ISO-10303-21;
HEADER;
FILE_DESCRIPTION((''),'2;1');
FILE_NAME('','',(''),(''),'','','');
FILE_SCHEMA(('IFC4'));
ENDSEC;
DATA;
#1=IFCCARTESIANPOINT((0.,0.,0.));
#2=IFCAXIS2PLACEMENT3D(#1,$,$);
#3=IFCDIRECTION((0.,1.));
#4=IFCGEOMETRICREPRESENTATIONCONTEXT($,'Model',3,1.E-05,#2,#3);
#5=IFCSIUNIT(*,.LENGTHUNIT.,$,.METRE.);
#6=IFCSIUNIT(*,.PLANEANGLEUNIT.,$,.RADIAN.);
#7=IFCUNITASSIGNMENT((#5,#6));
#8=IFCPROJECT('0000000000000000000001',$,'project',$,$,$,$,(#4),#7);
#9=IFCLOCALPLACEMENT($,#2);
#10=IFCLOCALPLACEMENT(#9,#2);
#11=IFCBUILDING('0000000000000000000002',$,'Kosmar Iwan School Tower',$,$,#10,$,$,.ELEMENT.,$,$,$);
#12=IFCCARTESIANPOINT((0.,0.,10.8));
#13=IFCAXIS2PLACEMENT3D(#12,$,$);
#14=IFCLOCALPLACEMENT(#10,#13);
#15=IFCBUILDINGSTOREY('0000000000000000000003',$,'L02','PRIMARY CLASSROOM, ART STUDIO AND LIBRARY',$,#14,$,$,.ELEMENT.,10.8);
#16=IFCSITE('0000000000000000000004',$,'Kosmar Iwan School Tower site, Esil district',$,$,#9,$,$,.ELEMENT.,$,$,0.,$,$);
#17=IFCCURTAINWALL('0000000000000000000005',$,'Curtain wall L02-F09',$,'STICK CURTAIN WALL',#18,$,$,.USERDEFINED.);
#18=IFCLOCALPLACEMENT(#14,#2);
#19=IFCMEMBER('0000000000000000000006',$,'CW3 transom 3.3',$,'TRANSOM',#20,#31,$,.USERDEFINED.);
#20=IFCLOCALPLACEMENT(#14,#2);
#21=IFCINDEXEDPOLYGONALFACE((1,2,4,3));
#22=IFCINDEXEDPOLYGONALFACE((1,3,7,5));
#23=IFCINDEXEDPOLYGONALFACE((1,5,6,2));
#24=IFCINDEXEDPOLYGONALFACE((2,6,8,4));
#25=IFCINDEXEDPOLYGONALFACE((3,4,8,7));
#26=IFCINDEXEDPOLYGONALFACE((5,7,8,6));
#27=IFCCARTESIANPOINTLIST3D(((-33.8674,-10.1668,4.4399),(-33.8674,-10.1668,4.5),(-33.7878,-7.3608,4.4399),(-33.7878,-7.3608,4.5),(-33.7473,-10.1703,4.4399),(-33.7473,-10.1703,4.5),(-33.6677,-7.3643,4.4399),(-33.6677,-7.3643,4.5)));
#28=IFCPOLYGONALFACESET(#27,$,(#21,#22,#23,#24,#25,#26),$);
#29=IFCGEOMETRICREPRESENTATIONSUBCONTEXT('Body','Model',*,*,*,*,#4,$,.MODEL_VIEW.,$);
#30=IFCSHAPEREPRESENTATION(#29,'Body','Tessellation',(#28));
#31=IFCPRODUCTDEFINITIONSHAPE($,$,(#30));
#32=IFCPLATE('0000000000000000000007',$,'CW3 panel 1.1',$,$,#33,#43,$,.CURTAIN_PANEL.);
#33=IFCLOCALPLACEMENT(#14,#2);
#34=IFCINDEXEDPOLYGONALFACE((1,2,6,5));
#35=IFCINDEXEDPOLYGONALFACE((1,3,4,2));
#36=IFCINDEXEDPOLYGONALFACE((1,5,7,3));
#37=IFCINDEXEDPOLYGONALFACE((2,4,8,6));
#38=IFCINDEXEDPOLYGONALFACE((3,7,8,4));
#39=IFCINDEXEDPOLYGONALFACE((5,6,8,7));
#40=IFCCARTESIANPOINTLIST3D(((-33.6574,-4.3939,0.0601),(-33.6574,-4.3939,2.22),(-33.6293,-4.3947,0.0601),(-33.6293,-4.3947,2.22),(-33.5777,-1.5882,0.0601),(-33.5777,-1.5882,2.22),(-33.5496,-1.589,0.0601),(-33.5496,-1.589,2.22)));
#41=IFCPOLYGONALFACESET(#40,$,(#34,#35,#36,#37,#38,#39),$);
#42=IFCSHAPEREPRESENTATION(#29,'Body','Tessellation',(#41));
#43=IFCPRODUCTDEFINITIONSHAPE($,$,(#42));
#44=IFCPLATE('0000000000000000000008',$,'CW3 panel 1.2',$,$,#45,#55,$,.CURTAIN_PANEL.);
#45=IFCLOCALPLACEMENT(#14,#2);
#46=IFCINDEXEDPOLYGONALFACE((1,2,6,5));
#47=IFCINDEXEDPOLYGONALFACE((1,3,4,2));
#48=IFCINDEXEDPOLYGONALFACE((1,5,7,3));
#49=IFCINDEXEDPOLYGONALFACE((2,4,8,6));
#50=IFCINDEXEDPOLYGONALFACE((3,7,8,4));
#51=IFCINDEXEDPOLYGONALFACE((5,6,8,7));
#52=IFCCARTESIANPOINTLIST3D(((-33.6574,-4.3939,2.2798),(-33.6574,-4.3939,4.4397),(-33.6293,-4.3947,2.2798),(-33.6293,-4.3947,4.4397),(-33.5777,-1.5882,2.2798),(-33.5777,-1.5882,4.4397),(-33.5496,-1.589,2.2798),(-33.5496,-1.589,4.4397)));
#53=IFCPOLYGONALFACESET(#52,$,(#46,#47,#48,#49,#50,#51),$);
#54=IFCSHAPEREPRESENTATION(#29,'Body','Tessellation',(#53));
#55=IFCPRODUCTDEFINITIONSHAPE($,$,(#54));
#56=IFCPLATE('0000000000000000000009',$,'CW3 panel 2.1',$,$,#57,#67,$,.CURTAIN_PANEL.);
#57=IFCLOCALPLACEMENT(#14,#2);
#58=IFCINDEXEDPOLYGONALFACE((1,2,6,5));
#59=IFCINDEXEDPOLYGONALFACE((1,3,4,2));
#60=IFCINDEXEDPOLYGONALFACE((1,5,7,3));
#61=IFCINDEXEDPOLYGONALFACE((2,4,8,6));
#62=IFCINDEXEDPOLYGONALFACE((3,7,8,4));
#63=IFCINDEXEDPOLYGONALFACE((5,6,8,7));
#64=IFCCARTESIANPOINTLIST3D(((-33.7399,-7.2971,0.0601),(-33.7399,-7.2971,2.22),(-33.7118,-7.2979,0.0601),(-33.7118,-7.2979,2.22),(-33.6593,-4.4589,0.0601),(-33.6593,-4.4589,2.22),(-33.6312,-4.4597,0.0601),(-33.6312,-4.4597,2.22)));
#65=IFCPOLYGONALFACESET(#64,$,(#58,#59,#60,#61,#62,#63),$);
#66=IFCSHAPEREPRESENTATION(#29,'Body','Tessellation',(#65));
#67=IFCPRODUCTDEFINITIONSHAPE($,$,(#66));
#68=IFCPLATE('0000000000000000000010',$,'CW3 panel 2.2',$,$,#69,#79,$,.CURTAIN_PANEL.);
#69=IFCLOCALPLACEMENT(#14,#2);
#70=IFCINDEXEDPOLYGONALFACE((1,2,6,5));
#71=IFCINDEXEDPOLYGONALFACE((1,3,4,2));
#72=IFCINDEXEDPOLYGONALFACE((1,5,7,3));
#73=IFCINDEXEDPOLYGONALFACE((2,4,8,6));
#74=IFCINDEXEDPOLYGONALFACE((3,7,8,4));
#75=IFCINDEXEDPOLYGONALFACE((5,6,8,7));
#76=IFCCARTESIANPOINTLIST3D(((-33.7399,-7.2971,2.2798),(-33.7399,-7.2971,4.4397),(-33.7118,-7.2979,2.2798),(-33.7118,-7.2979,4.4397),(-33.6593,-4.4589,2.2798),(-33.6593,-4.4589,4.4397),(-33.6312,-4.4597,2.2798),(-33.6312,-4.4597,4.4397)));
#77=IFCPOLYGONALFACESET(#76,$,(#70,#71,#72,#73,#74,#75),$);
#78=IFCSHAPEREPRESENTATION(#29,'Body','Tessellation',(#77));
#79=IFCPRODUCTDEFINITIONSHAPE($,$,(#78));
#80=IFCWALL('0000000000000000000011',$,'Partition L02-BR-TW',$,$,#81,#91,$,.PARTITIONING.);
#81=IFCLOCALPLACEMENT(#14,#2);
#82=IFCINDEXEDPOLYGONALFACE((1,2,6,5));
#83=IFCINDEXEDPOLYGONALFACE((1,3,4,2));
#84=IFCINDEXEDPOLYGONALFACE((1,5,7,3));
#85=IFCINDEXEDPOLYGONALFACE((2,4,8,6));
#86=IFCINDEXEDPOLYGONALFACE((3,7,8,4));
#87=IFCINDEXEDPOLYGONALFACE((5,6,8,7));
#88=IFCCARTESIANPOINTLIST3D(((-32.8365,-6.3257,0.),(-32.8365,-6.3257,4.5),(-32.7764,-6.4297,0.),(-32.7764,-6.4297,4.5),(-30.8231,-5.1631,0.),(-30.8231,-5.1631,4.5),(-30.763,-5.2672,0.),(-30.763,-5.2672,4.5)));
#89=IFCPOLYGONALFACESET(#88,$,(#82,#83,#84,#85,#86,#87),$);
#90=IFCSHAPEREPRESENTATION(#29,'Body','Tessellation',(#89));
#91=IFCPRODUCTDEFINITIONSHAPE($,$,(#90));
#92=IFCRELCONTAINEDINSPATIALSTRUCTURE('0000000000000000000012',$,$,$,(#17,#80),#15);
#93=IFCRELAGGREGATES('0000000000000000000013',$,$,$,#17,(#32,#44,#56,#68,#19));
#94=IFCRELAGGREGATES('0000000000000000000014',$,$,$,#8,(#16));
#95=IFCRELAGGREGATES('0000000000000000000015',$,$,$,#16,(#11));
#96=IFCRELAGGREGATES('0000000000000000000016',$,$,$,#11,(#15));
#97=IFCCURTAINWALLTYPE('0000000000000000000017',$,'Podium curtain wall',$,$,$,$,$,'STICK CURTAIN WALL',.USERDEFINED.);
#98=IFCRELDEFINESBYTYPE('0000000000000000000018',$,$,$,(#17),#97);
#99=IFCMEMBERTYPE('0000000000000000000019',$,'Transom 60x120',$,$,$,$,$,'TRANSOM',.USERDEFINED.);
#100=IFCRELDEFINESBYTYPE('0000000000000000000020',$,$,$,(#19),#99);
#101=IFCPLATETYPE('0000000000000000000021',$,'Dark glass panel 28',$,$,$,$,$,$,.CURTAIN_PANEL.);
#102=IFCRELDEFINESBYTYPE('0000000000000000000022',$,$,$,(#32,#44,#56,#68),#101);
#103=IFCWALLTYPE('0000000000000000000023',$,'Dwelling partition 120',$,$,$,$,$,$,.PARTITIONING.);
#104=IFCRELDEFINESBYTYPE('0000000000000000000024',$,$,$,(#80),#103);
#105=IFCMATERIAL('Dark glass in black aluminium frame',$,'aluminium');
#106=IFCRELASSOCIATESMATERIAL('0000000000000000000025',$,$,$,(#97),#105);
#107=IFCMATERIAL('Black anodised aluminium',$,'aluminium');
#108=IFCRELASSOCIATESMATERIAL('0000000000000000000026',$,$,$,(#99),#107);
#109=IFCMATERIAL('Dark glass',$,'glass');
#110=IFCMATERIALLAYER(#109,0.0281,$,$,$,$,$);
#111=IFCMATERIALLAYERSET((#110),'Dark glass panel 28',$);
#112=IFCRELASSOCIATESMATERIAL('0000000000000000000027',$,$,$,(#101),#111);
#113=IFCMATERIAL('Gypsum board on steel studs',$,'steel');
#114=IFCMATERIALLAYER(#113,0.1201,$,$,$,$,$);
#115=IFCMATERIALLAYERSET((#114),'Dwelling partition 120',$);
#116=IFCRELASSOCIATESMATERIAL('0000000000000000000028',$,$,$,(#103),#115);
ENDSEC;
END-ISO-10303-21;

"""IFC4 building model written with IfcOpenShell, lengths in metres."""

from ifc_helpers import new_model, si_unit, direction, frame, frame_2d, origin, origin_2d, place, context, subcontext, project, spatial, rectangle, extrude, material, layer, layer_set, material_profile, profile_set, type_object, element, aggregate, save


model = new_model("IFC4")

# Units and contexts
model_context = context("Model", 3, precision=1e-05, world=origin(), true_north=direction((0.0, 1.0)))
body_context = subcontext(model_context, "Body", "Model", "MODEL_VIEW")
ifc_project = project(units=[si_unit("LENGTHUNIT", "METRE"), si_unit("PLANEANGLEUNIT", "RADIAN")], contexts=[model_context])

# Site, building, storey
site_placement = place(None, origin())
site = spatial("IfcSite", under=ifc_project, at=site_placement, Name="Kosmar Iwan School Tower site, Esil district", CompositionType="ELEMENT", RefElevation=0.0)
building_placement = place(site_placement, origin())
building = spatial("IfcBuilding", under=site, at=building_placement, Name="Kosmar Iwan School Tower", CompositionType="ELEMENT")
storey_placement = place(building_placement, frame((0.0, 0.0, 10.8)))
storey = spatial("IfcBuildingStorey", under=building, at=storey_placement, Name="L02", Description="PRIMARY CLASSROOM, ART STUDIO AND LIBRARY", CompositionType="ELEMENT", Elevation=10.8)

# Shared definitions
ifc_material_1 = material(Name="Dark glass in black aluminium frame", Category="aluminium")
curtain_wall_type = type_object("IfcCurtainWallType", Name="Podium curtain wall", ElementType="STICK CURTAIN WALL", PredefinedType="USERDEFINED", material=ifc_material_1)

# Curtain wall
curtain_wall_1_placement = place(storey_placement, origin())
curtain_wall_1 = element("IfcCurtainWall", 1, at=curtain_wall_1_placement, inside=storey, type_object=curtain_wall_type, Name="Curtain wall L02-F09", ObjectType="STICK CURTAIN WALL", PredefinedType="USERDEFINED")

# Member
ifc_material_2 = material(Name="Black anodised aluminium", Category="aluminium")
ifc_material_profile_1 = material_profile(ifc_material_2, rectangle(XDim=0.1201, YDim=0.0601, at=origin_2d()), Name="TRANSOM 60x120")
ifc_profile_set_1 = profile_set([ifc_material_profile_1], Name="Black anodised aluminium")
member_type_1 = type_object("IfcMemberType", Name="Transom 60x120", ElementType="TRANSOM", PredefinedType="USERDEFINED", material=ifc_profile_set_1)
member_1_placement = place(storey_placement, frame((-33.7278, -7.3625, 4.47), z_axis=(-0.028354, -0.999598, 0.0), x_axis=(0.999598, -0.028354, 0.0)))
member_1 = element("IfcMember", 2, at=member_1_placement, type_object=member_type_1, Name="CW3 transom 3.3", ObjectType="TRANSOM", PredefinedType="USERDEFINED", context=body_context, shape_type="SweptSolid", body=[
    extrude(rectangle(XDim=0.1201, YDim=0.0601, at=origin_2d()), origin(), (0.0, 0.0, 1.0), 2.8071),
])

# Plates
ifc_material_3 = material(Name="Dark glass", Category="glass")
ifc_layer_1 = layer(ifc_material_3, 0.0281)
ifc_layer_set_1 = layer_set([ifc_layer_1], Name="Dark glass panel 28")
plate_type = type_object("IfcPlateType", Name="Dark glass panel 28", PredefinedType="CURTAIN_PANEL", material=ifc_layer_set_1)
plate_1_placement = place(storey_placement, frame((-33.6035, -2.9915, 0.0601), z_axis=(0.0, 0.0, 1.0), x_axis=(-0.028386, -0.999597, 0.0)))
plate_1 = element("IfcPlate", 3, at=plate_1_placement, type_object=plate_type, Name="CW3 panel 1.1", PredefinedType="CURTAIN_PANEL", context=body_context, shape_type="SweptSolid", body=[
    extrude(rectangle(XDim=2.8069, YDim=0.0281, at=origin_2d()), origin(), (0.0, 0.0, 1.0), 2.1599),
])
plate_2_placement = place(storey_placement, frame((-33.6035, -2.9915, 2.2798), z_axis=(0.0, 0.0, 1.0), x_axis=(-0.028386, -0.999597, 0.0)))
plate_2 = element("IfcPlate", 4, at=plate_2_placement, type_object=plate_type, Name="CW3 panel 1.2", PredefinedType="CURTAIN_PANEL", context=body_context, shape_type="SweptSolid", body=[
    extrude(rectangle(XDim=2.8069, YDim=0.0281, at=origin_2d()), origin(), (0.0, 0.0, 1.0), 2.1599),
])
plate_3_placement = place(storey_placement, frame((-33.6855, -5.8784, 0.0601), z_axis=(0.0, 0.0, 1.0), x_axis=(-0.028386, -0.999597, 0.0)))
plate_3 = element("IfcPlate", 5, at=plate_3_placement, type_object=plate_type, Name="CW3 panel 2.1", PredefinedType="CURTAIN_PANEL", context=body_context, shape_type="SweptSolid", body=[
    extrude(rectangle(XDim=2.8394, YDim=0.0281, at=origin_2d()), origin(), (0.0, 0.0, 1.0), 2.1599),
])
plate_4_placement = place(storey_placement, frame((-33.6855, -5.8784, 2.2798), z_axis=(0.0, 0.0, 1.0), x_axis=(-0.028386, -0.999597, 0.0)))
plate_4 = element("IfcPlate", 6, at=plate_4_placement, type_object=plate_type, Name="CW3 panel 2.2", PredefinedType="CURTAIN_PANEL", context=body_context, shape_type="SweptSolid", body=[
    extrude(rectangle(XDim=2.8394, YDim=0.0281, at=origin_2d()), origin(), (0.0, 0.0, 1.0), 2.1599),
])
aggregate(curtain_wall_1, [plate_1, plate_2, plate_3, plate_4, member_1])

# Wall
ifc_material_4 = material(Name="Gypsum board on steel studs", Category="steel")
ifc_layer_2 = layer(ifc_material_4, 0.1201)
ifc_layer_set_2 = layer_set([ifc_layer_2], Name="Dwelling partition 120")
wall_type = type_object("IfcWallType", Name="Dwelling partition 120", PredefinedType="PARTITIONING", material=ifc_layer_set_2)
wall_placement = place(storey_placement, frame((-30.793, -5.2151, 0.0), z_axis=(0.0, 0.0, 1.0), x_axis=(-0.865998, -0.500047, 0.0)))
element("IfcWall", 7, at=wall_placement, inside=storey, type_object=wall_type, Name="Partition L02-BR-TW", PredefinedType="PARTITIONING", context=body_context, shape_type="SweptSolid", body=[
    extrude(rectangle(XDim=2.325, YDim=0.1201, at=frame_2d((1.1626, 0.0))), origin(), (0.0, 0.0, 1.0), 4.5),
])

save(model, "model.ifc")
